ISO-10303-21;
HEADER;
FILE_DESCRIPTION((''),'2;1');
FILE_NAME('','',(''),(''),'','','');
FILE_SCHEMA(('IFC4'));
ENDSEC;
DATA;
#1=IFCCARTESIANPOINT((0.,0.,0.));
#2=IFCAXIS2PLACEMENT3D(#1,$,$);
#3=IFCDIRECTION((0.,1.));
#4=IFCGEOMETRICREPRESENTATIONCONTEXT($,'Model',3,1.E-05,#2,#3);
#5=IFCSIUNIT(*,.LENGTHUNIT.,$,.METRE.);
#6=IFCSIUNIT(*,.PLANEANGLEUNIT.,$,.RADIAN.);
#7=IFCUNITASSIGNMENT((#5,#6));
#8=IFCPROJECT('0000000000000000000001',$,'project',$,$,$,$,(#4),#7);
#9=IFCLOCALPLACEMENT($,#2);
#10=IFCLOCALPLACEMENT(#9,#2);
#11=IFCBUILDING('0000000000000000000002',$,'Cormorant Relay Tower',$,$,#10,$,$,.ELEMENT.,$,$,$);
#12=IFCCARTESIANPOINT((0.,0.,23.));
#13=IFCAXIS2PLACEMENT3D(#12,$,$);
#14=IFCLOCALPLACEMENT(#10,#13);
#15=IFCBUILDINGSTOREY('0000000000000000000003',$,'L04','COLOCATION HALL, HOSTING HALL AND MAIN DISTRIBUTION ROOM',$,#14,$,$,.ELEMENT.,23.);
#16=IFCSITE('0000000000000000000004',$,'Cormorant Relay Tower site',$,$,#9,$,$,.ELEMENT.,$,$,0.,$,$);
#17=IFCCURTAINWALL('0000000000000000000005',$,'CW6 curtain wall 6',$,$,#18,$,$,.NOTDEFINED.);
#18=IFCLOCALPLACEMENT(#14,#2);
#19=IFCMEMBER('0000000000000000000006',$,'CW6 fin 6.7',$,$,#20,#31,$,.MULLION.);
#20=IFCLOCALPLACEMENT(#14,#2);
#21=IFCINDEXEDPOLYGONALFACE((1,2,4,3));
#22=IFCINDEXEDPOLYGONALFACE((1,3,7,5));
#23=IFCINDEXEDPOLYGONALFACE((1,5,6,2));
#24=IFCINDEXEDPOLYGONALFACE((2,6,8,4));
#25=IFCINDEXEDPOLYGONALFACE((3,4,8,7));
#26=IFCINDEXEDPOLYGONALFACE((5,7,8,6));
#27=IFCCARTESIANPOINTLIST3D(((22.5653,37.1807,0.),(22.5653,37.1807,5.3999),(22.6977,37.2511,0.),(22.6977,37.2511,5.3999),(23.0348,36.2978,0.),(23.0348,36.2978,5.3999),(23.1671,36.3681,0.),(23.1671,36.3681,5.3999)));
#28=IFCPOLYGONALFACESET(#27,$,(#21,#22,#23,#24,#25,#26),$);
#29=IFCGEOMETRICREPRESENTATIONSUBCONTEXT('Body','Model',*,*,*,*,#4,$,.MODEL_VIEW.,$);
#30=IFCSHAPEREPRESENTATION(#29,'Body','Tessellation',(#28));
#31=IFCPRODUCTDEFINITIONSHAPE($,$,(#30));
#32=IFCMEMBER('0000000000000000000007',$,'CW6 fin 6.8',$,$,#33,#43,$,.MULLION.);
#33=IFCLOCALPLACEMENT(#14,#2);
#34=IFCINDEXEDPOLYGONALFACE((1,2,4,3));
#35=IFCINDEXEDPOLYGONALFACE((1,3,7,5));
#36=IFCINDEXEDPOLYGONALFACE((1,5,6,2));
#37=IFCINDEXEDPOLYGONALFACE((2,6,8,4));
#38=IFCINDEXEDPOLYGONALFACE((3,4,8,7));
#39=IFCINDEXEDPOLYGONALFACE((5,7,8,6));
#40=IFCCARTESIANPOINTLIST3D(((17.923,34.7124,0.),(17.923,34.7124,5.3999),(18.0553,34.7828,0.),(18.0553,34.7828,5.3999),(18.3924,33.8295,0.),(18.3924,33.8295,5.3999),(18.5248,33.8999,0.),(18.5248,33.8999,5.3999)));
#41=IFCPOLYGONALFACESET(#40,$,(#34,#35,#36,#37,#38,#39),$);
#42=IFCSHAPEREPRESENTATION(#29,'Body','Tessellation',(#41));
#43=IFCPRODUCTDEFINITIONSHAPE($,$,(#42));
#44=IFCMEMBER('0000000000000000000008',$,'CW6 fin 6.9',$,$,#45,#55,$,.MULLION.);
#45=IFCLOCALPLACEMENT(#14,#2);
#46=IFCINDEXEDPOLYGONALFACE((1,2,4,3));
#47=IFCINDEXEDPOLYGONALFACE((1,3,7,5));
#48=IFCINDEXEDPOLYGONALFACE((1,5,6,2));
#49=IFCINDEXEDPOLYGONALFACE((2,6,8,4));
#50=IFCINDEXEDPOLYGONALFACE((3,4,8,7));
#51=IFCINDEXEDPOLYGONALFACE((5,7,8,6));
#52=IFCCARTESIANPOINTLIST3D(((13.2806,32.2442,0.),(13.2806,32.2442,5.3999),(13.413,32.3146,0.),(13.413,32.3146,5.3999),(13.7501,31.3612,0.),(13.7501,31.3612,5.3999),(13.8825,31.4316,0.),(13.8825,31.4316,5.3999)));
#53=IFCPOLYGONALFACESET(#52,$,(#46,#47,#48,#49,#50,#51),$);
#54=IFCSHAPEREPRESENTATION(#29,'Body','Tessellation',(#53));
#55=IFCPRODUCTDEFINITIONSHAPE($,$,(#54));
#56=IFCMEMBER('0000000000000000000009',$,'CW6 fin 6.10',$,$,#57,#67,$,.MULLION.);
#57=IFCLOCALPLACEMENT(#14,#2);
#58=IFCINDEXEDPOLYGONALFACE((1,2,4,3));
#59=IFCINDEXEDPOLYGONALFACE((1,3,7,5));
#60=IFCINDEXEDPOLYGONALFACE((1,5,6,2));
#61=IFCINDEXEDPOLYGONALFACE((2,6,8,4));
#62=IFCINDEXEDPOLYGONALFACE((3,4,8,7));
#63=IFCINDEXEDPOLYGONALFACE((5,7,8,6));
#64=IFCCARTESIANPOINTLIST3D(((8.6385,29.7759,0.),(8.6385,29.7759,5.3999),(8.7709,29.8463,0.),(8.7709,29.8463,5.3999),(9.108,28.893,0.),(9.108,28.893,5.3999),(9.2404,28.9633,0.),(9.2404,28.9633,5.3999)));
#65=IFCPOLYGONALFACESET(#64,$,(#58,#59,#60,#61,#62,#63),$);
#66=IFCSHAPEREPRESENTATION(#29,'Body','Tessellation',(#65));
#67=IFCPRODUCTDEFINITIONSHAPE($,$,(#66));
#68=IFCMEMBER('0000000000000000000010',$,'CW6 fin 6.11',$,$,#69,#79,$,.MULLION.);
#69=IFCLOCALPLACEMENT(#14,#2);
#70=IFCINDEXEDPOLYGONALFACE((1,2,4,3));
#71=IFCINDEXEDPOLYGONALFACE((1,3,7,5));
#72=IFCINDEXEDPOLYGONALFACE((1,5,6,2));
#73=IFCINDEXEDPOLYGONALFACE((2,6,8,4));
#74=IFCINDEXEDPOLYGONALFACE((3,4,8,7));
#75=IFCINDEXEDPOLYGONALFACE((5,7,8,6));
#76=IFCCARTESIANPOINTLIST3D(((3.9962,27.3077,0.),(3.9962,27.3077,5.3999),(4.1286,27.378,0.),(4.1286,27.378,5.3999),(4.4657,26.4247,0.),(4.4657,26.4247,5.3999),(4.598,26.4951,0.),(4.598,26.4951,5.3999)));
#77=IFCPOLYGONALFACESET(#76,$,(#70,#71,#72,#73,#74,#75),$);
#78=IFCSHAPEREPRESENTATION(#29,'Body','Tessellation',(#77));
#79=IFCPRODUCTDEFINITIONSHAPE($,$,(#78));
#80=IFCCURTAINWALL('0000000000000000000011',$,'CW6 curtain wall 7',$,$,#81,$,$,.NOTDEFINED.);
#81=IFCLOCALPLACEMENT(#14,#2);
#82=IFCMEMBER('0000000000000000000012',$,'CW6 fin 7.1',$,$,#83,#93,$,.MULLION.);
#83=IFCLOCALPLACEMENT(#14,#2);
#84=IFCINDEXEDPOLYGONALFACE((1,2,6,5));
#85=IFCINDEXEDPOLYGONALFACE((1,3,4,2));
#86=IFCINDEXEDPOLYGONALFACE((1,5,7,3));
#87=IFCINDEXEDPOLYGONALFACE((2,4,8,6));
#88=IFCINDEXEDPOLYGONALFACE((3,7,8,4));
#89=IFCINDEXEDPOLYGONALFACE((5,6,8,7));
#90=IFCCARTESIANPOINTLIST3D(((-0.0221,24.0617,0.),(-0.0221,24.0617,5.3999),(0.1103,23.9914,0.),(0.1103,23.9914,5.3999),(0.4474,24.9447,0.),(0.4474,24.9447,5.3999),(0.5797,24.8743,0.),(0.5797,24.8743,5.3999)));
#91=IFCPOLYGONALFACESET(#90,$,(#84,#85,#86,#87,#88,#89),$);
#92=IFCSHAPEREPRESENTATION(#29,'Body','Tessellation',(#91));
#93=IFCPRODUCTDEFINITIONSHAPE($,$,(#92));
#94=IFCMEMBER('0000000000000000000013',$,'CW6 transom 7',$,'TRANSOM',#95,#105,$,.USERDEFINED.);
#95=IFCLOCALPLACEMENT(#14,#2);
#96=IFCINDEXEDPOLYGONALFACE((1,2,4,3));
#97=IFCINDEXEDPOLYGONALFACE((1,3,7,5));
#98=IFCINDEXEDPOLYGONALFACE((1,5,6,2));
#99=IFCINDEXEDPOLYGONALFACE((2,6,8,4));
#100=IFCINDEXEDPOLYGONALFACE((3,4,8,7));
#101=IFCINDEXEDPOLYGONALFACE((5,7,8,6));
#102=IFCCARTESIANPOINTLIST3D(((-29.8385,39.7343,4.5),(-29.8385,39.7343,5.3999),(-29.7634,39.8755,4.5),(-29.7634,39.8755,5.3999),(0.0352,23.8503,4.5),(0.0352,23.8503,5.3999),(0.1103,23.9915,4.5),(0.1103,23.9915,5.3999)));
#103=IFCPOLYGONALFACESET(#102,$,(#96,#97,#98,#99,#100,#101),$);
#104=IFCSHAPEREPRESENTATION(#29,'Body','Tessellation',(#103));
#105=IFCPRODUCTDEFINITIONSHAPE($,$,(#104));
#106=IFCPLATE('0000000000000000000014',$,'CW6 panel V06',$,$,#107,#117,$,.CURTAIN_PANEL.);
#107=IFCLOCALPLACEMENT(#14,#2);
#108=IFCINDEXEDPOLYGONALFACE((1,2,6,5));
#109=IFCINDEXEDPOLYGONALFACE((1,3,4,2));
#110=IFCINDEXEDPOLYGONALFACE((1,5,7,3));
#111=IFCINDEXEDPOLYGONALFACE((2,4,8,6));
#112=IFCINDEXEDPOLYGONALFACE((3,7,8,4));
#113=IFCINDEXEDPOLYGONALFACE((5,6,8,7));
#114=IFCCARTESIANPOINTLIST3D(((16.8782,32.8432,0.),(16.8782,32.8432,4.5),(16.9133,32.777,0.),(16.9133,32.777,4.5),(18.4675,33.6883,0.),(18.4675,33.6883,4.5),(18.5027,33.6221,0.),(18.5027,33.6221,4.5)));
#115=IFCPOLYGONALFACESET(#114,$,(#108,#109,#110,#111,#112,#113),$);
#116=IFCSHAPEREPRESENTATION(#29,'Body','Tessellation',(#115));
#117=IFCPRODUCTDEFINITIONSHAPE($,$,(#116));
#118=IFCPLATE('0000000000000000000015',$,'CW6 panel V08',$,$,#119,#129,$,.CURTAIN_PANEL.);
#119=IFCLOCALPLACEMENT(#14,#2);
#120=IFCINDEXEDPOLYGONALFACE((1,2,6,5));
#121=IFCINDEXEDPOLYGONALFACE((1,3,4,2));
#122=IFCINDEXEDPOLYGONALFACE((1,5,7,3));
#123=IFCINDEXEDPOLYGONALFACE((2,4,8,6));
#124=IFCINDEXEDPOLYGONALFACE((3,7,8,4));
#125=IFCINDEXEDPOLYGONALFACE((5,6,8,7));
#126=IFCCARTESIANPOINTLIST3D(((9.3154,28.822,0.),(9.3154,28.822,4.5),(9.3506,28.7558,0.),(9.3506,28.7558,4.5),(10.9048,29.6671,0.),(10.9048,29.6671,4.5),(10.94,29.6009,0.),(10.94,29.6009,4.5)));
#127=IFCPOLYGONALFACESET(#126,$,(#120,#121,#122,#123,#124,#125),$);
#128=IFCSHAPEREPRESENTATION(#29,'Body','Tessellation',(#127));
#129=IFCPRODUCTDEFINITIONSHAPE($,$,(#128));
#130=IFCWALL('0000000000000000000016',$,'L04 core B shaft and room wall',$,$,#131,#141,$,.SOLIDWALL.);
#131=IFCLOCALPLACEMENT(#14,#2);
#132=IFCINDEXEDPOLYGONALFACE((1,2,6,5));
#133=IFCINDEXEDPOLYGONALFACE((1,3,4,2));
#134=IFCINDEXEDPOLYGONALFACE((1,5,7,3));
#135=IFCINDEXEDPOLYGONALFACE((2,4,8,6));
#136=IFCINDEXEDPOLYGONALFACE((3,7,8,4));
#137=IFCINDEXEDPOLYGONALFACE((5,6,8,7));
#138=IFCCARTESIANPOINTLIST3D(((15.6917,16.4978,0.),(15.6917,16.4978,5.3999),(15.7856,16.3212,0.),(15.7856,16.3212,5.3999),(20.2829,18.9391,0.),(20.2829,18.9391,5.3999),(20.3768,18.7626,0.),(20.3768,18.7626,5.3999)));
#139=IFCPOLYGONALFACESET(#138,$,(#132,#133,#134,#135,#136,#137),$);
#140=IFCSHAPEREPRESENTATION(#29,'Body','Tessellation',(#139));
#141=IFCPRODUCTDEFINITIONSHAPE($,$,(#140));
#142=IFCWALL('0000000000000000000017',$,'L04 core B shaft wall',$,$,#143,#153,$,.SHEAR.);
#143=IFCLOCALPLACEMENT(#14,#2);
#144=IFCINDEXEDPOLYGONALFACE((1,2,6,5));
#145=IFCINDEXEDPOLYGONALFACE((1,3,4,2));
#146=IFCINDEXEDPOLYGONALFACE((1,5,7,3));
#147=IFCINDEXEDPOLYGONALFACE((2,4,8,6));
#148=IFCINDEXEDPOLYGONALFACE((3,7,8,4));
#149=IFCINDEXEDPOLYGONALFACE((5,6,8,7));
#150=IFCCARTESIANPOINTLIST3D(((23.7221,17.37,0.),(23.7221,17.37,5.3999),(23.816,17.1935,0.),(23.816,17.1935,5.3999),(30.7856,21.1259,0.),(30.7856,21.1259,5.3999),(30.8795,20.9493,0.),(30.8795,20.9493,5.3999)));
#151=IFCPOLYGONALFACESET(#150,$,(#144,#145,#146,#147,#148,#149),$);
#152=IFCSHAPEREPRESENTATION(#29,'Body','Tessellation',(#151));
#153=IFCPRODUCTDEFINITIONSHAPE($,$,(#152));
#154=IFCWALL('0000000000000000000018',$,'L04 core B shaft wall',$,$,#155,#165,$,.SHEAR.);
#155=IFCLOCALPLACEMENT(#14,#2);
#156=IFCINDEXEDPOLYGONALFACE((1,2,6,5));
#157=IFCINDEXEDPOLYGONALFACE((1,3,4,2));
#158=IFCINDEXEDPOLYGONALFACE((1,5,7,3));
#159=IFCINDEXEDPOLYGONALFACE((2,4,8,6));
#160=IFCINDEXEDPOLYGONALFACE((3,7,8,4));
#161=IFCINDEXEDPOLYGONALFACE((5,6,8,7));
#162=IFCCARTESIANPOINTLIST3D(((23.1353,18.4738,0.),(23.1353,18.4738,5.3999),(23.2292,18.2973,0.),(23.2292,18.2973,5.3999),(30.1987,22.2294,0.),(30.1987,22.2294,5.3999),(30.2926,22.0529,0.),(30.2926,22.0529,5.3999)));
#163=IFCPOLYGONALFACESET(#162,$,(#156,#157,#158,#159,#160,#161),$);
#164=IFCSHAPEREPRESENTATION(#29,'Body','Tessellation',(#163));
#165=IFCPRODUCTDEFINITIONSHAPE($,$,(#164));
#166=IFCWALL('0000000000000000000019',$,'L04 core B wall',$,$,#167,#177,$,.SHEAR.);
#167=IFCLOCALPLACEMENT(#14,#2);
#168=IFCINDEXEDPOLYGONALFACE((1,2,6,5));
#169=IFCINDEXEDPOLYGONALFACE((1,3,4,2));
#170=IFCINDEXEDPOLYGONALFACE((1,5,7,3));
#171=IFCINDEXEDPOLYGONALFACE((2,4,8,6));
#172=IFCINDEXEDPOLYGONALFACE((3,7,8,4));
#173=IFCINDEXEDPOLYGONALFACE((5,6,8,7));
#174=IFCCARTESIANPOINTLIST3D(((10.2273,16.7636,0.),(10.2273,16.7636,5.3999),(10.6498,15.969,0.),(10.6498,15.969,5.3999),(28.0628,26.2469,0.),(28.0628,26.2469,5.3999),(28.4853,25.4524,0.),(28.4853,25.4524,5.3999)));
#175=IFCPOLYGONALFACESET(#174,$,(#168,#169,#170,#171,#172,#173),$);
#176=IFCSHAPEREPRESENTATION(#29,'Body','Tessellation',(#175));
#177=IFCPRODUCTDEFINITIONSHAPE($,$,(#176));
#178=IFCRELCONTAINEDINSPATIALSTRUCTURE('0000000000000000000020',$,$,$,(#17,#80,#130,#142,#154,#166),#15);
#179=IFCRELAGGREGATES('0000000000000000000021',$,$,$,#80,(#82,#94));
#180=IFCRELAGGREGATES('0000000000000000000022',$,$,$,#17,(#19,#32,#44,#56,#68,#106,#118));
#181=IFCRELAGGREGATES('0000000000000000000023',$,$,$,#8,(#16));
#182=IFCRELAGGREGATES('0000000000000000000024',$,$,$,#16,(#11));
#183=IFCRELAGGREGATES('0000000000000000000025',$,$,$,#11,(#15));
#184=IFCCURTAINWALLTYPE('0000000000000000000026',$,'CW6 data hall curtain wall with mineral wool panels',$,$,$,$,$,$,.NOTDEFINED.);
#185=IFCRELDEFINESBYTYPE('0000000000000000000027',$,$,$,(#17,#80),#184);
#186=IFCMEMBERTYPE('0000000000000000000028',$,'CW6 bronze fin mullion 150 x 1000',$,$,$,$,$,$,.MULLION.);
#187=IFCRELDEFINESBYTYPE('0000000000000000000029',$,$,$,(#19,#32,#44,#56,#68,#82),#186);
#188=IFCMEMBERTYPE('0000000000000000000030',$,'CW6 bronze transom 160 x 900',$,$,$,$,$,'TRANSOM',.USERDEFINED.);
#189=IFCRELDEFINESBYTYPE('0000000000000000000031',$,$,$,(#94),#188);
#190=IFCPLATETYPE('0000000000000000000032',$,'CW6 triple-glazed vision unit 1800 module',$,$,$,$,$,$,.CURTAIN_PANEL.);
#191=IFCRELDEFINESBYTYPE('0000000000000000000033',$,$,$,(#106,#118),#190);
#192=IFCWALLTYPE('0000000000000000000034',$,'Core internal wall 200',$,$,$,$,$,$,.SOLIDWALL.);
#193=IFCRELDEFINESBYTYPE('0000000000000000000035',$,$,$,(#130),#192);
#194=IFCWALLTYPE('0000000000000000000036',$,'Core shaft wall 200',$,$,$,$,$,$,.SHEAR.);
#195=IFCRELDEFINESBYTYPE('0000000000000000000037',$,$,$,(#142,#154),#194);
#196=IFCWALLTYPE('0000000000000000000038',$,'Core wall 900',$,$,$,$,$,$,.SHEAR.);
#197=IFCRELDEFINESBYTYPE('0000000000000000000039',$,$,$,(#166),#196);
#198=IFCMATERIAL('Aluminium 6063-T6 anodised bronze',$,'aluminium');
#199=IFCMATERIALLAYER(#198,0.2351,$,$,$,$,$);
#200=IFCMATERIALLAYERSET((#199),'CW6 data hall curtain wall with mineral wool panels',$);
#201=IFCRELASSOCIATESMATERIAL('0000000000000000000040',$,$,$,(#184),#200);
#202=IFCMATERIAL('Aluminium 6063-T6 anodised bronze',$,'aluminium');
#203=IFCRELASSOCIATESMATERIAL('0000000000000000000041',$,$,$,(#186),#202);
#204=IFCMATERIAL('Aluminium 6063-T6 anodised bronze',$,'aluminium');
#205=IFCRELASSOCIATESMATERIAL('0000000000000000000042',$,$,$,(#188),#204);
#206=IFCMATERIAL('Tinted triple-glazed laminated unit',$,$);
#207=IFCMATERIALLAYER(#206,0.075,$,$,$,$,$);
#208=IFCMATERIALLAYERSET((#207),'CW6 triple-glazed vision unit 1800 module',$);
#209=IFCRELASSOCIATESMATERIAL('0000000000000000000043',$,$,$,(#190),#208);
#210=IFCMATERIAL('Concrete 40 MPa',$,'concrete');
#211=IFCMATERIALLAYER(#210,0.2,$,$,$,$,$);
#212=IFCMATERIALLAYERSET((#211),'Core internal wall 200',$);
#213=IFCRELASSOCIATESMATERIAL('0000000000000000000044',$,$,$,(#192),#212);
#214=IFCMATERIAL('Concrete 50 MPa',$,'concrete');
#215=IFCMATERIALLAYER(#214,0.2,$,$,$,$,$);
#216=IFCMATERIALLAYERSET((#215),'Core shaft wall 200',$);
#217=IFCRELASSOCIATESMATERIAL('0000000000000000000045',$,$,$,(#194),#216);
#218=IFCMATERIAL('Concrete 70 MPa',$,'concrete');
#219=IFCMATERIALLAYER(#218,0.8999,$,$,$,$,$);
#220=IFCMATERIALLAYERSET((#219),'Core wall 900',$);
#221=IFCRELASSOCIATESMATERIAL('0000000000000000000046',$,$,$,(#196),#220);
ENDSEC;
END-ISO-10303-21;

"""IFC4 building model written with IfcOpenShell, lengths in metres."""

from ifc_helpers import new_model, si_unit, direction, frame, frame_2d, origin, origin_2d, place, context, subcontext, project, spatial, rectangle, extrude, material, layer, layer_set, material_profile, profile_set, type_object, element, aggregate, save


model = new_model("IFC4")

# Units and contexts
model_context = context("Model", 3, precision=1e-05, world=origin(), true_north=direction((0.0, 1.0)))
body_context = subcontext(model_context, "Body", "Model", "MODEL_VIEW")
ifc_project = project(units=[si_unit("LENGTHUNIT", "METRE"), si_unit("PLANEANGLEUNIT", "RADIAN")], contexts=[model_context])

# Site, building, storey
site_placement = place(None, origin())
site = spatial("IfcSite", under=ifc_project, at=site_placement, Name="Cormorant Relay Tower site", CompositionType="ELEMENT", RefElevation=0.0)
building_placement = place(site_placement, origin())
building = spatial("IfcBuilding", under=site, at=building_placement, Name="Cormorant Relay Tower", CompositionType="ELEMENT")
storey_placement = place(building_placement, frame((0.0, 0.0, 23.0)))
storey = spatial("IfcBuildingStorey", under=building, at=storey_placement, Name="L04", Description="COLOCATION HALL, HOSTING HALL AND MAIN DISTRIBUTION ROOM", CompositionType="ELEMENT", Elevation=23.0)

# Curtain walls, members
ifc_material_1 = material(Name="Aluminium 6063-T6 anodised bronze", Category="aluminium")
ifc_layer_1 = layer(ifc_material_1, 0.2351)
ifc_layer_set_1 = layer_set([ifc_layer_1], Name="CW6 data hall curtain wall with mineral wool panels")
curtain_wall_type = type_object("IfcCurtainWallType", Name="CW6 data hall curtain wall with mineral wool panels", PredefinedType="NOTDEFINED", material=ifc_layer_set_1)
curtain_wall_1_placement = place(storey_placement, origin())
curtain_wall_1 = element("IfcCurtainWall", 1, at=curtain_wall_1_placement, inside=storey, type_object=curtain_wall_type, Name="CW6 curtain wall 6", PredefinedType="NOTDEFINED")
ifc_material_2 = material(Name="Aluminium 6063-T6 anodised bronze", Category="aluminium")
ifc_material_profile_1 = material_profile(ifc_material_2, rectangle(XDim=0.1499, YDim=1.0, at=origin_2d()), Name="AL 150x1000")
ifc_profile_set_1 = profile_set([ifc_material_profile_1], Name="Aluminium 6063-T6 anodised bronze")
member_type_1 = type_object("IfcMemberType", Name="CW6 bronze fin mullion 150 x 1000", PredefinedType="MULLION", material=ifc_profile_set_1)
member_1_placement = place(storey_placement, frame((22.8662, 36.7744, 0.0), z_axis=(0.0, 0.0, 1.0), x_axis=(-0.882948, -0.469472, 0.0)))
member_1 = element("IfcMember", 2, at=member_1_placement, type_object=member_type_1, Name="CW6 fin 6.7", PredefinedType="MULLION", context=body_context, shape_type="SweptSolid", body=[
    extrude(rectangle(XDim=0.1499, YDim=1.0, at=origin_2d()), origin(), (0.0, 0.0, 1.0), 5.3999),
])
member_2_placement = place(storey_placement, frame((18.2239, 34.3062, 0.0), z_axis=(0.0, 0.0, 1.0), x_axis=(-0.882948, -0.469472, 0.0)))
member_2 = element("IfcMember", 3, at=member_2_placement, type_object=member_type_1, Name="CW6 fin 6.8", PredefinedType="MULLION", context=body_context, shape_type="SweptSolid", body=[
    extrude(rectangle(XDim=0.1499, YDim=1.0, at=origin_2d()), origin(), (0.0, 0.0, 1.0), 5.3999),
])
member_3_placement = place(storey_placement, frame((13.5815, 31.8379, 0.0), z_axis=(0.0, 0.0, 1.0), x_axis=(-0.882948, -0.469472, 0.0)))
member_3 = element("IfcMember", 4, at=member_3_placement, type_object=member_type_1, Name="CW6 fin 6.9", PredefinedType="MULLION", context=body_context, shape_type="SweptSolid", body=[
    extrude(rectangle(XDim=0.1499, YDim=1.0, at=origin_2d()), origin(), (0.0, 0.0, 1.0), 5.3999),
])
member_4_placement = place(storey_placement, frame((8.9395, 29.3696, 0.0), z_axis=(0.0, 0.0, 1.0), x_axis=(-0.882948, -0.469472, 0.0)))
member_4 = element("IfcMember", 5, at=member_4_placement, type_object=member_type_1, Name="CW6 fin 6.10", PredefinedType="MULLION", context=body_context, shape_type="SweptSolid", body=[
    extrude(rectangle(XDim=0.1499, YDim=1.0, at=origin_2d()), origin(), (0.0, 0.0, 1.0), 5.3999),
])
member_5_placement = place(storey_placement, frame((4.2971, 26.9014, 0.0), z_axis=(0.0, 0.0, 1.0), x_axis=(-0.882948, -0.469472, 0.0)))
member_5 = element("IfcMember", 6, at=member_5_placement, type_object=member_type_1, Name="CW6 fin 6.11", PredefinedType="MULLION", context=body_context, shape_type="SweptSolid", body=[
    extrude(rectangle(XDim=0.1499, YDim=1.0, at=origin_2d()), origin(), (0.0, 0.0, 1.0), 5.3999),
])
curtain_wall_2_placement = place(storey_placement, origin())
curtain_wall_2 = element("IfcCurtainWall", 7, at=curtain_wall_2_placement, inside=storey, type_object=curtain_wall_type, Name="CW6 curtain wall 7", PredefinedType="NOTDEFINED")
member_6_placement = place(storey_placement, frame((0.2788, 24.468, 0.0), z_axis=(0.0, 0.0, 1.0), x_axis=(-0.882948, 0.469472, 0.0)))
member_6 = element("IfcMember", 8, at=member_6_placement, type_object=member_type_1, Name="CW6 fin 7.1", PredefinedType="MULLION", context=body_context, shape_type="SweptSolid", body=[
    extrude(rectangle(XDim=0.1499, YDim=1.0, at=origin_2d()), origin(), (0.0, 0.0, 1.0), 5.3999),
])
ifc_material_3 = material(Name="Aluminium 6063-T6 anodised bronze", Category="aluminium")
ifc_material_profile_2 = material_profile(ifc_material_3, rectangle(XDim=0.1599, YDim=0.8999, at=origin_2d()), Name="AL 160x900")
ifc_profile_set_2 = profile_set([ifc_material_profile_2], Name="Aluminium 6063-T6 anodised bronze")
member_type_2 = type_object("IfcMemberType", Name="CW6 bronze transom 160 x 900", ElementType="TRANSOM", PredefinedType="USERDEFINED", material=ifc_profile_set_2)
member_7_placement = place(storey_placement, frame((0.0728, 23.9209, 4.95), z_axis=(-0.882949, 0.469468, 0.0), x_axis=(-0.469468, -0.882949, 0.0)))
member_7 = element("IfcMember", 9, at=member_7_placement, type_object=member_type_2, Name="CW6 transom 7", ObjectType="TRANSOM", PredefinedType="USERDEFINED", context=body_context, shape_type="SweptSolid", body=[
    extrude(rectangle(XDim=0.1599, YDim=0.8999, at=origin_2d()), origin(), (0.0, 0.0, 1.0), 33.834),
])
aggregate(curtain_wall_2, [member_6, member_7])

# Plates
ifc_material_4 = material(Name="Tinted triple-glazed laminated unit")
ifc_layer_2 = layer(ifc_material_4, 0.075)
ifc_layer_set_2 = layer_set([ifc_layer_2], Name="CW6 triple-glazed vision unit 1800 module")
plate_type = type_object("IfcPlateType", Name="CW6 triple-glazed vision unit 1800 module", PredefinedType="CURTAIN_PANEL", material=ifc_layer_set_2)
plate_1_placement = place(storey_placement, frame((17.6904, 33.2327, 0.0), z_axis=(0.0, 0.0, 1.0), x_axis=(-0.882948, -0.469472, 0.0)))
plate_1 = element("IfcPlate", 10, at=plate_1_placement, type_object=plate_type, Name="CW6 panel V06", PredefinedType="CURTAIN_PANEL", context=body_context, shape_type="SweptSolid", body=[
    extrude(rectangle(XDim=1.8, YDim=0.075, at=origin_2d()), origin(), (0.0, 0.0, 1.0), 4.5),
])
plate_2_placement = place(storey_placement, frame((10.1277, 29.2114, 0.0), z_axis=(0.0, 0.0, 1.0), x_axis=(-0.882948, -0.469472, 0.0)))
plate_2 = element("IfcPlate", 11, at=plate_2_placement, type_object=plate_type, Name="CW6 panel V08", PredefinedType="CURTAIN_PANEL", context=body_context, shape_type="SweptSolid", body=[
    extrude(rectangle(XDim=1.8, YDim=0.075, at=origin_2d()), origin(), (0.0, 0.0, 1.0), 4.5),
])

# Walls
ifc_material_5 = material(Name="Concrete 40 MPa", Category="concrete")
ifc_layer_3 = layer(ifc_material_5, 0.2)
ifc_layer_set_3 = layer_set([ifc_layer_3], Name="Core internal wall 200")
wall_type_1 = type_object("IfcWallType", Name="Core internal wall 200", PredefinedType="SOLIDWALL", material=ifc_layer_set_3)
wall_1_placement = place(storey_placement, frame((15.7385, 16.4094, 0.0), z_axis=(0.0, 0.0, 1.0), x_axis=(0.882935, 0.469496, 0.0)))
element("IfcWall", 12, at=wall_1_placement, inside=storey, type_object=wall_type_1, Name="L04 core B shaft and room wall", PredefinedType="SOLIDWALL", context=body_context, shape_type="SweptSolid", body=[
    extrude(rectangle(XDim=5.2, YDim=0.2, at=frame_2d((2.6001, 0.0))), origin(), (0.0, 0.0, 1.0), 5.3999),
])
ifc_material_6 = material(Name="Concrete 50 MPa", Category="concrete")
ifc_layer_4 = layer(ifc_material_6, 0.2)
ifc_layer_set_4 = layer_set([ifc_layer_4], Name="Core shaft wall 200")
wall_type_2 = type_object("IfcWallType", Name="Core shaft wall 200", PredefinedType="SHEAR", material=ifc_layer_set_4)
wall_2_placement = place(storey_placement, frame((23.769, 17.2817, 0.0), z_axis=(0.0, 0.0, 1.0), x_axis=(0.88294, 0.469485, 0.0)))
element("IfcWall", 13, at=wall_2_placement, inside=storey, type_object=wall_type_2, Name="L04 core B shaft wall", PredefinedType="SHEAR", context=body_context, shape_type="SweptSolid", body=[
    extrude(rectangle(XDim=8.0, YDim=0.2, at=frame_2d((4.0, 0.0))), origin(), (0.0, 0.0, 1.0), 5.3999),
])
wall_3_placement = place(storey_placement, frame((23.1821, 18.3855, 0.0), z_axis=(0.0, 0.0, 1.0), x_axis=(0.882953, 0.469462, 0.0)))
element("IfcWall", 14, at=wall_3_placement, inside=storey, type_object=wall_type_2, Name="L04 core B shaft wall", PredefinedType="SHEAR", context=body_context, shape_type="SweptSolid", body=[
    extrude(rectangle(XDim=7.9998, YDim=0.2, at=frame_2d((4.0, 0.0))), origin(), (0.0, 0.0, 1.0), 5.3999),
])
ifc_material_7 = material(Name="Concrete 70 MPa", Category="concrete")
ifc_layer_5 = layer(ifc_material_7, 0.8999)
ifc_layer_set_5 = layer_set([ifc_layer_5], Name="Core wall 900")
wall_type_3 = type_object("IfcWallType", Name="Core wall 900", PredefinedType="SHEAR", material=ifc_layer_set_5)
wall_4_placement = place(storey_placement, frame((10.4385, 16.3662, 0.0), z_axis=(0.0, 0.0, 1.0), x_axis=(0.882945, 0.469476, 0.0)))
element("IfcWall", 15, at=wall_4_placement, inside=storey, type_object=wall_type_3, Name="L04 core B wall", PredefinedType="SHEAR", context=body_context, shape_type="SweptSolid", body=[
    extrude(rectangle(XDim=20.2, YDim=0.8999, at=frame_2d((10.1001, 0.0))), origin(), (0.0, 0.0, 1.0), 5.3999),
])

aggregate(curtain_wall_1, [member_1, member_2, member_3, member_4, member_5, plate_1, plate_2])

save(model, "model.ifc")
